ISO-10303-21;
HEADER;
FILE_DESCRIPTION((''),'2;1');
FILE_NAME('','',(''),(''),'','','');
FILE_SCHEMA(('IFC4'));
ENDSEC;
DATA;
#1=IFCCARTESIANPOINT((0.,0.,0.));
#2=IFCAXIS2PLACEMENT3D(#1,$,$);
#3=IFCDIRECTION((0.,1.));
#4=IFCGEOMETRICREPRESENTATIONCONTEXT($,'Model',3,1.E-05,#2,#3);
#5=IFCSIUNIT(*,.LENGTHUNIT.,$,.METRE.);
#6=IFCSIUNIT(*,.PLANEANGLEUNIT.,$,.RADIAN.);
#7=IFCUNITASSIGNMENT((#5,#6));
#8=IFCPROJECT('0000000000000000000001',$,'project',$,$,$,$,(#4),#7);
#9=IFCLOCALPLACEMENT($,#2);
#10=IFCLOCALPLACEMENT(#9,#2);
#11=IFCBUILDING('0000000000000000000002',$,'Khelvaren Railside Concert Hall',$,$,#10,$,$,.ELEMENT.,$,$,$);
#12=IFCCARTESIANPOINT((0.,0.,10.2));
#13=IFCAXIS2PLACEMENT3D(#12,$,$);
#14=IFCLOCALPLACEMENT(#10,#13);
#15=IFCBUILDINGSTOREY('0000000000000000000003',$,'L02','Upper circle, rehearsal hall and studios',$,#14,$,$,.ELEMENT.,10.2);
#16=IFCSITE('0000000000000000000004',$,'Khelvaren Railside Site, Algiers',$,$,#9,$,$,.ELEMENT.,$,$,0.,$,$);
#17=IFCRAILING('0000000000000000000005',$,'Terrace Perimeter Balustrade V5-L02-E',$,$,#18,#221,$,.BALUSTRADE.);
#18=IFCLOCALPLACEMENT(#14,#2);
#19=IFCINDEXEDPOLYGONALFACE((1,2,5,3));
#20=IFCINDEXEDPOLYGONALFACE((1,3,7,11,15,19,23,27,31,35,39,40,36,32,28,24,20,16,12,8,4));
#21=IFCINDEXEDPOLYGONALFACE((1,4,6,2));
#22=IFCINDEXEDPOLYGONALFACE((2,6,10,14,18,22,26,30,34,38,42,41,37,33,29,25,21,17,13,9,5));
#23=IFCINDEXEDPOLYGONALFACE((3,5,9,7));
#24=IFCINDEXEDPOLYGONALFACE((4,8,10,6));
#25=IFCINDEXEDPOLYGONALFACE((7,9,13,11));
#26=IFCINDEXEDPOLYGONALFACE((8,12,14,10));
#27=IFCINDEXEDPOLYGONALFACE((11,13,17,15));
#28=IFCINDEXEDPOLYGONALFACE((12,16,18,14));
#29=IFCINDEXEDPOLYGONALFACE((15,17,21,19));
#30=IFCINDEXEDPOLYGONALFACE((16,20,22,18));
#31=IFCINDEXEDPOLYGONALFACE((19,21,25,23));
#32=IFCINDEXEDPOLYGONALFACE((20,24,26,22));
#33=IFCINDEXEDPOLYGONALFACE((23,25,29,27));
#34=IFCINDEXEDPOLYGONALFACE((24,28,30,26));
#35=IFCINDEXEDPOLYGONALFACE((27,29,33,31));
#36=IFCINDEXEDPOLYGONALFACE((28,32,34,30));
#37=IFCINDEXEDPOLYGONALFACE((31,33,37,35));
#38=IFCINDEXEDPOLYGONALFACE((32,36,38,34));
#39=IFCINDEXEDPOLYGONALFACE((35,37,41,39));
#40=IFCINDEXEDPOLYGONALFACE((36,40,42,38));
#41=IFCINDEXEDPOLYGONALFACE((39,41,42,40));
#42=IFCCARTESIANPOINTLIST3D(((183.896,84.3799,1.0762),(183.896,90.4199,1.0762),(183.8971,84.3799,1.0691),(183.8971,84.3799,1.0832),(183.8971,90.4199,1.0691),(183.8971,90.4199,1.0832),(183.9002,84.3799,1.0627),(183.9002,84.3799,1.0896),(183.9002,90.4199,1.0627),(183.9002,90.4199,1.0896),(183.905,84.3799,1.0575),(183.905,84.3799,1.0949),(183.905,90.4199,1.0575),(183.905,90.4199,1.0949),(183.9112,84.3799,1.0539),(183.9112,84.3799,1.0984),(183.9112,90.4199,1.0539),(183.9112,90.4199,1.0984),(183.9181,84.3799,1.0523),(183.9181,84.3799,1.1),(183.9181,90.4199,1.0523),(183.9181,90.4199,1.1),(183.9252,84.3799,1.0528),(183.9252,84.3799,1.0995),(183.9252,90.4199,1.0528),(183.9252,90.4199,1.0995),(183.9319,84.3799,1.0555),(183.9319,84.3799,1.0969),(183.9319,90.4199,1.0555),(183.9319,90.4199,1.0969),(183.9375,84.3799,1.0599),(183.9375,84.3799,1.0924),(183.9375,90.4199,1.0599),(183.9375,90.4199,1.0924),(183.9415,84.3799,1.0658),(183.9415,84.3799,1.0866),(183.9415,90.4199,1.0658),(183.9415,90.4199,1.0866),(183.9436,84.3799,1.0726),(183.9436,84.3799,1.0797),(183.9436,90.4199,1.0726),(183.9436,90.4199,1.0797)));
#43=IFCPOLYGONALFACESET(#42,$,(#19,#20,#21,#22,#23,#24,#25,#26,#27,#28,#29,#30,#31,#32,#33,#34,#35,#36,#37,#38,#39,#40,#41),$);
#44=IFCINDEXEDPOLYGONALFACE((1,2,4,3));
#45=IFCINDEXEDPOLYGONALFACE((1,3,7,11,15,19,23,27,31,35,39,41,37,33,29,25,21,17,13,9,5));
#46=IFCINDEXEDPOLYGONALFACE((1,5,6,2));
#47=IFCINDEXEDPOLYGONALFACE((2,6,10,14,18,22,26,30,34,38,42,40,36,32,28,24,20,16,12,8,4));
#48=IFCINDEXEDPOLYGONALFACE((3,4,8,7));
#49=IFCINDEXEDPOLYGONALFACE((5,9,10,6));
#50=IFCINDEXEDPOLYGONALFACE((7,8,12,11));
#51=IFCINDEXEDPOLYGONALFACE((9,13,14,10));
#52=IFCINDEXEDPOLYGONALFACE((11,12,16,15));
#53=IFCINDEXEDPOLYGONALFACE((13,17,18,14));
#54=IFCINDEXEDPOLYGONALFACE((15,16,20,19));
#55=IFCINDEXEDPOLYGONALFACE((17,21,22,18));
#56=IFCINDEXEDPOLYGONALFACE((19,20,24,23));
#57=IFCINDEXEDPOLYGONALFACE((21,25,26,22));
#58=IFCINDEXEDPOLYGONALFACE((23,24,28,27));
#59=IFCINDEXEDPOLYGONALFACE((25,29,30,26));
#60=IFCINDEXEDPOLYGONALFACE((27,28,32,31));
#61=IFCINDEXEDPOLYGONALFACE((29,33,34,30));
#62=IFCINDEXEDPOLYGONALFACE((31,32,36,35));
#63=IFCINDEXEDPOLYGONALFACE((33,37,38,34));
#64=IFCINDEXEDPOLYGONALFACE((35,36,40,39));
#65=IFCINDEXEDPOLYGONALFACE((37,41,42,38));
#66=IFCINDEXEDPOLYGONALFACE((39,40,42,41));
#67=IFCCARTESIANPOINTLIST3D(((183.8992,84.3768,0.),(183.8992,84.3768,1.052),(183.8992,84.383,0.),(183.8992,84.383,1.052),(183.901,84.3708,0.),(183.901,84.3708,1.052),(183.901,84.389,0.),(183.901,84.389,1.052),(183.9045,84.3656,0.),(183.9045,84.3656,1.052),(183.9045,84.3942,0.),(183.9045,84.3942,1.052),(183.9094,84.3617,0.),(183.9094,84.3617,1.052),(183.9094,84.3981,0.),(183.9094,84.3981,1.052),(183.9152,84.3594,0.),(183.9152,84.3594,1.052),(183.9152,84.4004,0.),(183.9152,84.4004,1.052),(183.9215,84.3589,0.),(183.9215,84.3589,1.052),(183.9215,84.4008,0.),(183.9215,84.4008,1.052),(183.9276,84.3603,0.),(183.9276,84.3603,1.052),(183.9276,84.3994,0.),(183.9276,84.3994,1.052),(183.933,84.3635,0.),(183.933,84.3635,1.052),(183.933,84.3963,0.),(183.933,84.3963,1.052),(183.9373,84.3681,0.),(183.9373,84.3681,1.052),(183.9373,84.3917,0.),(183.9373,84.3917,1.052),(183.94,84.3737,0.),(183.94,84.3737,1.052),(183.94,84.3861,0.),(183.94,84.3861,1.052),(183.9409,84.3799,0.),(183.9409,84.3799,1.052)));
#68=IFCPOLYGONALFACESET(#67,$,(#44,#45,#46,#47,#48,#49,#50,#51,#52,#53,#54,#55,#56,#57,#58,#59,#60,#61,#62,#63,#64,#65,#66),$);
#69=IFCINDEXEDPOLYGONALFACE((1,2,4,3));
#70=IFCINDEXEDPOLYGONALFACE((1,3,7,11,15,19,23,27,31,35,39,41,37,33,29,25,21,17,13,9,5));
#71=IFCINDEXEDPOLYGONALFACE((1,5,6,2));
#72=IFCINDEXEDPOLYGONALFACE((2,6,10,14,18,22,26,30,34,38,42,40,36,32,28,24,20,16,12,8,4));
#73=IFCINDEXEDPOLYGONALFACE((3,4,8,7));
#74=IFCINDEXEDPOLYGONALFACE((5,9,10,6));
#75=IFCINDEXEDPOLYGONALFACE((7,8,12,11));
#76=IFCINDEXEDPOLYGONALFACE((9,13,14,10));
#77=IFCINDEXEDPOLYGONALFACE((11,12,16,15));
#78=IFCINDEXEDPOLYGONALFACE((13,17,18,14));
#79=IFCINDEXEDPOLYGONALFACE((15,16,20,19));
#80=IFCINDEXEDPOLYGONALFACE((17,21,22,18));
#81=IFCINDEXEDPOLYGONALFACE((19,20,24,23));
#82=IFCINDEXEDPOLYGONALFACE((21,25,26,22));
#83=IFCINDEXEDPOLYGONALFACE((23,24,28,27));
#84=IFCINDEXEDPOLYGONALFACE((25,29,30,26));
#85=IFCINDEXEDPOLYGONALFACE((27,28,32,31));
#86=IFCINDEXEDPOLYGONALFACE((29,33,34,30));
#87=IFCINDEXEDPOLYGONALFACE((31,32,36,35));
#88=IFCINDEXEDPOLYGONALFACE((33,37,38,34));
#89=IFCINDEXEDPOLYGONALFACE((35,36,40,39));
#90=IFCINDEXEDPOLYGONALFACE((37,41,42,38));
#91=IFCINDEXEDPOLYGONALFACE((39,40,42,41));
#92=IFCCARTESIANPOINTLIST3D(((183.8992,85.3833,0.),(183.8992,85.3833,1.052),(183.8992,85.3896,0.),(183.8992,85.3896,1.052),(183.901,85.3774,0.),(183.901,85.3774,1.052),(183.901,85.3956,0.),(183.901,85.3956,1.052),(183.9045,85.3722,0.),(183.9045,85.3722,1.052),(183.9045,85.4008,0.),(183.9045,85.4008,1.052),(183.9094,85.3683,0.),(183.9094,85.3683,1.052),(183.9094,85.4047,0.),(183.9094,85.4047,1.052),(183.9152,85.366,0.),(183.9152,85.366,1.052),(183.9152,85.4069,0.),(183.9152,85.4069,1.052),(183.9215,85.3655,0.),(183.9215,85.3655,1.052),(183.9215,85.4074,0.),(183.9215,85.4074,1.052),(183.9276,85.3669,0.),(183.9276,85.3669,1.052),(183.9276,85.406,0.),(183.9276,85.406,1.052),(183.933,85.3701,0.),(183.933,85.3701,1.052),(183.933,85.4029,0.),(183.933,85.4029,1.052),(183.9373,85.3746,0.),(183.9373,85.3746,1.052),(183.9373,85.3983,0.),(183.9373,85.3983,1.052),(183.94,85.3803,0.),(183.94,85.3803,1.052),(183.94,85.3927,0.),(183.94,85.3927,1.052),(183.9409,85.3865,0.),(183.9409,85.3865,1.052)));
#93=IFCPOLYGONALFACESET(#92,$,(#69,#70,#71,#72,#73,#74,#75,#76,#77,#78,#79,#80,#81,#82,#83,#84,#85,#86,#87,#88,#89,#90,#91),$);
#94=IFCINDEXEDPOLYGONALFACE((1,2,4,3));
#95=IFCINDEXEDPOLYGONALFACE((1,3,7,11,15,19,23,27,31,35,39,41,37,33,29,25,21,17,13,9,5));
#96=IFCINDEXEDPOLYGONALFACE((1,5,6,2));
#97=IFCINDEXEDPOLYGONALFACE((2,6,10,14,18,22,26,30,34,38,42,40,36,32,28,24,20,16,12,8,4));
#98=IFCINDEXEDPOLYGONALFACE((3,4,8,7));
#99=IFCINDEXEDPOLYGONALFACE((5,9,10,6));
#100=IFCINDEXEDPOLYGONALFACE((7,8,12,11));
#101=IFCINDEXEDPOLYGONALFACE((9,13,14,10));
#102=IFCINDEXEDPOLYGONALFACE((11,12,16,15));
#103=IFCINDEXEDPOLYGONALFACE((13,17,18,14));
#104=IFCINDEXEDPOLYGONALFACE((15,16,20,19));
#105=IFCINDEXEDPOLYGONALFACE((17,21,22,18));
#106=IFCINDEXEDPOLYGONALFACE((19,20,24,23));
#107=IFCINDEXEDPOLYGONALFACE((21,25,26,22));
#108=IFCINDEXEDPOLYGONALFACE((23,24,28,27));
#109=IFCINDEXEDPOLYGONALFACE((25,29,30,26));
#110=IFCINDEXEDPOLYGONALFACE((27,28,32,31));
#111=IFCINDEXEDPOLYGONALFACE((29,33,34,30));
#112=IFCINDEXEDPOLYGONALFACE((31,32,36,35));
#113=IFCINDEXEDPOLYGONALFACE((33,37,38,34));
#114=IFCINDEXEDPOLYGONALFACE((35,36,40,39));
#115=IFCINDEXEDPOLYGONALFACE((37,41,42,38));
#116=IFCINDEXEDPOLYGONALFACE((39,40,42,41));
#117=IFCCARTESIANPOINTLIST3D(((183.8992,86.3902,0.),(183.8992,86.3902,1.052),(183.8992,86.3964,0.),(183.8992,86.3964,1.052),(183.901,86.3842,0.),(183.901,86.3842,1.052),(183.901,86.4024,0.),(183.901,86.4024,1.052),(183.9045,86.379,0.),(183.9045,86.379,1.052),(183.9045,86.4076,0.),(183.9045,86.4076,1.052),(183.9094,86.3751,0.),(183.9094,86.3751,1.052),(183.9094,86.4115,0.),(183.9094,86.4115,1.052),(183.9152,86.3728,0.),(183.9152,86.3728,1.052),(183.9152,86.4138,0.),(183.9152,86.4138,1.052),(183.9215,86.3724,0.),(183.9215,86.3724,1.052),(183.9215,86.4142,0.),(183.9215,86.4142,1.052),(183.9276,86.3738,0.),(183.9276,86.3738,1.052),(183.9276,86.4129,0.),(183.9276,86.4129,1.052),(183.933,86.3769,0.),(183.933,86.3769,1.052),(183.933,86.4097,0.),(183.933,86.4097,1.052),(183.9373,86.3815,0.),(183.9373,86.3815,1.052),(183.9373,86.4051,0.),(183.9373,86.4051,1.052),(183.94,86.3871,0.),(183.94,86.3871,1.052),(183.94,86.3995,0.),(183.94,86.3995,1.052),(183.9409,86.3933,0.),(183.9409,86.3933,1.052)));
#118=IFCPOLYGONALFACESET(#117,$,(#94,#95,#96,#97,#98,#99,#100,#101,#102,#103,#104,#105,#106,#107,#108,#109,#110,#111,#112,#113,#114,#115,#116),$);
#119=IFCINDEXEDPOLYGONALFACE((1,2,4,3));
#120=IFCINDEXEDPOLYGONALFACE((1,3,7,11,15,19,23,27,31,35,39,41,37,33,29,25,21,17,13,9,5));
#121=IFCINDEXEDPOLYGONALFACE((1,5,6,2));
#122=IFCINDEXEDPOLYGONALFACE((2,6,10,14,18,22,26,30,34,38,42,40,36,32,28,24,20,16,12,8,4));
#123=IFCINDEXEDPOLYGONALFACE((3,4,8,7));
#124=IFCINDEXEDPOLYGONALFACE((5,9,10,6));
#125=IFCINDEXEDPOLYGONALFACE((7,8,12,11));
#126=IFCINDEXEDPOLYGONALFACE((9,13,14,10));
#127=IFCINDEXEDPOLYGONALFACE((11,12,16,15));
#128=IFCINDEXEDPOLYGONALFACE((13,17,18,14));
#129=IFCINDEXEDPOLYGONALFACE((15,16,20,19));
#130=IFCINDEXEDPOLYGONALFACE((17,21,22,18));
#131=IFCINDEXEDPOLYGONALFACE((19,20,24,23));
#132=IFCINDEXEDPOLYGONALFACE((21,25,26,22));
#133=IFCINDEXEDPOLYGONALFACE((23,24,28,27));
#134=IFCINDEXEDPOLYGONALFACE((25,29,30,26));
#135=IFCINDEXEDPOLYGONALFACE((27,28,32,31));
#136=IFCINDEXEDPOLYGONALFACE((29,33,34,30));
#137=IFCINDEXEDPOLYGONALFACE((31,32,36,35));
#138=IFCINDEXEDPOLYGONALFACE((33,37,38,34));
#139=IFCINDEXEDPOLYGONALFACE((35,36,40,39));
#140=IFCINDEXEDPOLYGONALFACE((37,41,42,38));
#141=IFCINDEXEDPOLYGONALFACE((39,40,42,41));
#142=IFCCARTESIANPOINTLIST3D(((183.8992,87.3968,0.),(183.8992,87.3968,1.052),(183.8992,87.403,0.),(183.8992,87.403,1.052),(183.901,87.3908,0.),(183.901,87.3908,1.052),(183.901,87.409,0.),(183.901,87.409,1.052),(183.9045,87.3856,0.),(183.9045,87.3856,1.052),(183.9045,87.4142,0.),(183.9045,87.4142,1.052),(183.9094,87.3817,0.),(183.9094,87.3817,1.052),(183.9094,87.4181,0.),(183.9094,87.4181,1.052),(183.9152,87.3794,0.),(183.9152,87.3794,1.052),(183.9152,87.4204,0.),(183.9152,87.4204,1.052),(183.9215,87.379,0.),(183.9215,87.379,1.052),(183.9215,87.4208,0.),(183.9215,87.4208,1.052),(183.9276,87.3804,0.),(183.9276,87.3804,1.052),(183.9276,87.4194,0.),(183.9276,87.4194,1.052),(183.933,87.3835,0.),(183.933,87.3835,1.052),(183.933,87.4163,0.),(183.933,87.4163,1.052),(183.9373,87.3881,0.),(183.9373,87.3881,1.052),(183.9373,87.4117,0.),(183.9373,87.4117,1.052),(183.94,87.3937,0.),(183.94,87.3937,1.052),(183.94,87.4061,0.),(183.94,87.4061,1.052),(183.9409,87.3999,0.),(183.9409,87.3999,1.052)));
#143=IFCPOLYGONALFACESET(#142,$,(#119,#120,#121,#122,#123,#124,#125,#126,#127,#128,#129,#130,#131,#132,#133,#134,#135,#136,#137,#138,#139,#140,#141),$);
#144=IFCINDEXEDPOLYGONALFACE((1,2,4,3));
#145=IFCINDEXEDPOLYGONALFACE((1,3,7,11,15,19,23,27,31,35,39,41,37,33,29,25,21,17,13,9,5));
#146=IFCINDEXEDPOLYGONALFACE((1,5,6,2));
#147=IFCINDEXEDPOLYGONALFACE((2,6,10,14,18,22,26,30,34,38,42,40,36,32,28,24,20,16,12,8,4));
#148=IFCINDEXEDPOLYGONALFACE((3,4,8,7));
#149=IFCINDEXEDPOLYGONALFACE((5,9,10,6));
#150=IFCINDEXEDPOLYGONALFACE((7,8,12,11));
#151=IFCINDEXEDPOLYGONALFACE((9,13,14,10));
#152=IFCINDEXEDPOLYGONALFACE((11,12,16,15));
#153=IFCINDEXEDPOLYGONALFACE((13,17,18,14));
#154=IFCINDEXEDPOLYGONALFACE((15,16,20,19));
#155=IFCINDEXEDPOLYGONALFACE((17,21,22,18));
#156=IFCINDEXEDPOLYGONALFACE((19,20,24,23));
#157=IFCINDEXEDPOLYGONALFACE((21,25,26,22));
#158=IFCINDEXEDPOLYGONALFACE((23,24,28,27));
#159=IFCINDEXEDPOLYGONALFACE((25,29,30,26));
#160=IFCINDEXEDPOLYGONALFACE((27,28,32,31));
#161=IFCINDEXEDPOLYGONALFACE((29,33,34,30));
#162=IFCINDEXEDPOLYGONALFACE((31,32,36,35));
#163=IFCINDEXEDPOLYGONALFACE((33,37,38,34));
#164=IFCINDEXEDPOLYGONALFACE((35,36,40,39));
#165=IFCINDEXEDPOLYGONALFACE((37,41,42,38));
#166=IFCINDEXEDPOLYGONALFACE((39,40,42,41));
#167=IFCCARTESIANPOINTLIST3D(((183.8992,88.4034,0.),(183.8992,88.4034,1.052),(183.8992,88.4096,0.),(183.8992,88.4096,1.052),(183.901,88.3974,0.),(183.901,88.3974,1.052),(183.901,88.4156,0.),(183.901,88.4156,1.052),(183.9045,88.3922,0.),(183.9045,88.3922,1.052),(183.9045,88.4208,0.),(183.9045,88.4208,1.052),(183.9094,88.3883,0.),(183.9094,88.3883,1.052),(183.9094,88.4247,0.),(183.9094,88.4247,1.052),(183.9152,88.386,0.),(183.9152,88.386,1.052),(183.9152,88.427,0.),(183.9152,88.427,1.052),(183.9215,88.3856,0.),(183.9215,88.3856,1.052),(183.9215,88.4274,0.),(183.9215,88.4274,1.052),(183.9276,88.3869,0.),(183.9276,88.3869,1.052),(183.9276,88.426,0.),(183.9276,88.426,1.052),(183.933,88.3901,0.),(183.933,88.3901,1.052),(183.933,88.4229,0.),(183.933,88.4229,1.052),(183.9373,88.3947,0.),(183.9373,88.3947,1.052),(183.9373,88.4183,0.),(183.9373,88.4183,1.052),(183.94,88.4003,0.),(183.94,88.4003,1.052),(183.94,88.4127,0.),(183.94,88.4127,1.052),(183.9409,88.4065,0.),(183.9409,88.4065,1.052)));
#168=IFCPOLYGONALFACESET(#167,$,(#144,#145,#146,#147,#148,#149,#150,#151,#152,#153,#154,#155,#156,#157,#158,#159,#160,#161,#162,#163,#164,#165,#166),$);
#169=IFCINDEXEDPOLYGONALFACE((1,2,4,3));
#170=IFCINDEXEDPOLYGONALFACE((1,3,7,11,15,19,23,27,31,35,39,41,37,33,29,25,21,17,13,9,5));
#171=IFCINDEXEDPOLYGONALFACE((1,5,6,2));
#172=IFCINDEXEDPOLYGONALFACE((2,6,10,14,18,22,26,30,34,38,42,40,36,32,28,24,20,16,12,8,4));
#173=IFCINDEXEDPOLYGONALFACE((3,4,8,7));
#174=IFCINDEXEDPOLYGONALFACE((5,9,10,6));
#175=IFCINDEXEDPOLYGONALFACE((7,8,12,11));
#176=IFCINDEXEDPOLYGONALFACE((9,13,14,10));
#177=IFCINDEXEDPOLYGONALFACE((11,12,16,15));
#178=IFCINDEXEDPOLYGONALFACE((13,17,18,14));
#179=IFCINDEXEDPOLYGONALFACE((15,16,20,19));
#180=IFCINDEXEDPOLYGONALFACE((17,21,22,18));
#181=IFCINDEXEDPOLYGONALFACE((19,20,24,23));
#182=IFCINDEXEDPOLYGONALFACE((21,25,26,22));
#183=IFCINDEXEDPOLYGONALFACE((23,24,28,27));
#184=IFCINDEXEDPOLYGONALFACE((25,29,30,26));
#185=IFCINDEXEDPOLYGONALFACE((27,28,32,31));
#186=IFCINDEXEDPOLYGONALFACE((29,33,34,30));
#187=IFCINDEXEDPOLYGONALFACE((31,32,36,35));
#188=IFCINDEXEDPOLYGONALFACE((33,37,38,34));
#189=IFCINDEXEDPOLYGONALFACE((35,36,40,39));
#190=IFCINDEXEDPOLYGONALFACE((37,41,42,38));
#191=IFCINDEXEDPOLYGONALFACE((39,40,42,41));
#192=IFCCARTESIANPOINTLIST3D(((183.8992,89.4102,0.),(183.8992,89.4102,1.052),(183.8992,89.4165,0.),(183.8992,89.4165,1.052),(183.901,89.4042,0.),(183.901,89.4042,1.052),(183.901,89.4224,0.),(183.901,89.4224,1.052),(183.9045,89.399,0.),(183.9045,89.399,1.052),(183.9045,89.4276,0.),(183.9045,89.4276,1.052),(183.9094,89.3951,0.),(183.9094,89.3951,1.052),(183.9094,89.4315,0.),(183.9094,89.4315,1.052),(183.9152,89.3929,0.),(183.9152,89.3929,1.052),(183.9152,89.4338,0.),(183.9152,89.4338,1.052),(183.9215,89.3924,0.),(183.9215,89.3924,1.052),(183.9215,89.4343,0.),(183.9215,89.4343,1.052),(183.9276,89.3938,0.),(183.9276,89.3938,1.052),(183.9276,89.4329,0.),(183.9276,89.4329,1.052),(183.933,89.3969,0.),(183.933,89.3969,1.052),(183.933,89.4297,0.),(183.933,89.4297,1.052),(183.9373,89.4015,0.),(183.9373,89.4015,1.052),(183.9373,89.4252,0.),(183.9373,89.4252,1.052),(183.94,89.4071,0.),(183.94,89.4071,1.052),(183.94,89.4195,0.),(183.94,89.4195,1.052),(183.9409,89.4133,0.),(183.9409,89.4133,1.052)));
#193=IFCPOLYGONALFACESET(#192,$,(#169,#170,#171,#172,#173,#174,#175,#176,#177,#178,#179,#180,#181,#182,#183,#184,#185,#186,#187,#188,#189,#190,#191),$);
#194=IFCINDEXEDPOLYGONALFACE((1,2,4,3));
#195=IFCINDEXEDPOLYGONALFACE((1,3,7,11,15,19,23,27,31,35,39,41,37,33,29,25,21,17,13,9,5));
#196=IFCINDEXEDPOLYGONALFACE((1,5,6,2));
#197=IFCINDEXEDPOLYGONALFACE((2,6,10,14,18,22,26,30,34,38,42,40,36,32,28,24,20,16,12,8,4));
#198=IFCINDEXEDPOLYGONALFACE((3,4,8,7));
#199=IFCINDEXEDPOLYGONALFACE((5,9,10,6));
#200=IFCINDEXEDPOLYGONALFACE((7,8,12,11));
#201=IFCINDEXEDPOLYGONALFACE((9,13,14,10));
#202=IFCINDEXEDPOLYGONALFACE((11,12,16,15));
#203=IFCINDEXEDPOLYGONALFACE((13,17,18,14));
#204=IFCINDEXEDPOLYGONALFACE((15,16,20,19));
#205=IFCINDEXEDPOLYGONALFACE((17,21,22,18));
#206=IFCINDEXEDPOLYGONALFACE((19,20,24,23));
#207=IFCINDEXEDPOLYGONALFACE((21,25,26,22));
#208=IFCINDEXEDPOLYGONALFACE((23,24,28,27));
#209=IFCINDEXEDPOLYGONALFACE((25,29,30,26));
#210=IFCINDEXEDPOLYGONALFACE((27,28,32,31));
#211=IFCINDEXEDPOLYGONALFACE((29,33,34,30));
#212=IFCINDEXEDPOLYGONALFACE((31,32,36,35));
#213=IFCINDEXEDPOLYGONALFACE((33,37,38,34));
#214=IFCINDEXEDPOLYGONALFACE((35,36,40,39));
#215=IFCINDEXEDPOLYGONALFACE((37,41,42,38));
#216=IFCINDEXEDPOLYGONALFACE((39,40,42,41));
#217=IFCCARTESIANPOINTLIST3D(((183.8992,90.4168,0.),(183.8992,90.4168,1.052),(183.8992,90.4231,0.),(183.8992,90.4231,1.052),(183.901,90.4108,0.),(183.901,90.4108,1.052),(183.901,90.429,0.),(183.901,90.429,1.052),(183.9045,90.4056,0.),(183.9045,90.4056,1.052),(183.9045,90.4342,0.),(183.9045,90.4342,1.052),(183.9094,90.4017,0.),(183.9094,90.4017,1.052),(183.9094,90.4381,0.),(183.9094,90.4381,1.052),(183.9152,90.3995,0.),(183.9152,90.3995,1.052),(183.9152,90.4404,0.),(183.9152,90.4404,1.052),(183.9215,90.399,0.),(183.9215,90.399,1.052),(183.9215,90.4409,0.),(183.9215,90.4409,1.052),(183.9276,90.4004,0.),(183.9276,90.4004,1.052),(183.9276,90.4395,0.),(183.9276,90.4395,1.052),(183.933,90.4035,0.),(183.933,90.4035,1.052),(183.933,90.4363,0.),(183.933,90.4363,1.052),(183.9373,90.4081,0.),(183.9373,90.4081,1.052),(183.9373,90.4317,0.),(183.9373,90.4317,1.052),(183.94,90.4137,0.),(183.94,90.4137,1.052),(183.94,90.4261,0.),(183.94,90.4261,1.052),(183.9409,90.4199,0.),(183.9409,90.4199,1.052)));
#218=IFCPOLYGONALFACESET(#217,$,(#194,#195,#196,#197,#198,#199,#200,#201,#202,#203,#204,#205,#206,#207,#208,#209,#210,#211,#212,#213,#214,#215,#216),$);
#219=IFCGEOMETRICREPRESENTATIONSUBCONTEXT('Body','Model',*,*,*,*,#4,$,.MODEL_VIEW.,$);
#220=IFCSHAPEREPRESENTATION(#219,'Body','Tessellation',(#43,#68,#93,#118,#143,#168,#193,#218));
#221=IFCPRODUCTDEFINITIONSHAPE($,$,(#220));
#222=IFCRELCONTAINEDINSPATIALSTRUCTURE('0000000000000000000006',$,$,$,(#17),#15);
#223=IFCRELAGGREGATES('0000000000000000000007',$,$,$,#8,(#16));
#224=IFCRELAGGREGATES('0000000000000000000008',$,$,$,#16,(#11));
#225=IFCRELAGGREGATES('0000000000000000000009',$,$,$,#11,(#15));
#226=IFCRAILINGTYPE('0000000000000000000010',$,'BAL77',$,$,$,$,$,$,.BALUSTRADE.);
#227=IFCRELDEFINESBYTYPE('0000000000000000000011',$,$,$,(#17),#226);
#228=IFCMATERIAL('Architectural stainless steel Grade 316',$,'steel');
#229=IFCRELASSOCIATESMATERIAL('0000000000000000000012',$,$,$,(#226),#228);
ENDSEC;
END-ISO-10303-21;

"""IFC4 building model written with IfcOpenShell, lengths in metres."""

from ifc_helpers import new_model, si_unit, direction, frame, origin, origin_2d, place, context, subcontext, project, spatial, circle, extrude, material, type_object, element, save


model = new_model("IFC4")

# Units and contexts
model_context = context("Model", 3, precision=1e-05, world=origin(), true_north=direction((0.0, 1.0)))
body_context = subcontext(model_context, "Body", "Model", "MODEL_VIEW")
ifc_project = project(units=[si_unit("LENGTHUNIT", "METRE"), si_unit("PLANEANGLEUNIT", "RADIAN")], contexts=[model_context])

# Site, building, storey
site_placement = place(None, origin())
site = spatial("IfcSite", under=ifc_project, at=site_placement, Name="Khelvaren Railside Site, Algiers", CompositionType="ELEMENT", RefElevation=0.0)
building_placement = place(site_placement, origin())
building = spatial("IfcBuilding", under=site, at=building_placement, Name="Khelvaren Railside Concert Hall", CompositionType="ELEMENT")
storey_placement = place(building_placement, frame((0.0, 0.0, 10.2)))
storey = spatial("IfcBuildingStorey", under=building, at=storey_placement, Name="L02", Description="Upper circle, rehearsal hall and studios", CompositionType="ELEMENT", Elevation=10.2)

# Railing
ifc_material_1 = material(Name="Architectural stainless steel Grade 316", Category="steel")
railing_type = type_object("IfcRailingType", Name="BAL77", PredefinedType="BALUSTRADE", material=ifc_material_1)
railing_1_placement = place(storey_placement, frame((183.9199, 84.3799, 0.0)))
element("IfcRailing", 1, at=railing_1_placement, inside=storey, type_object=railing_type, Name="Terrace Perimeter Balustrade V5-L02-E", PredefinedType="BALUSTRADE", context=body_context, shape_type="SweptSolid", body=[
    extrude(circle(Radius=0.0239, at=origin_2d()), frame((0.0, 0.0, 1.0762), z_axis=(0.0, 1.0, 0.0), x_axis=(-1.0, 0.0, 0.0)), (0.0, 0.0, 1.0), 6.04),
    extrude(circle(Radius=0.021, at=origin_2d()), origin(), (0.0, 0.0, 1.0), 1.052),
    extrude(circle(Radius=0.021, at=origin_2d()), frame((0.0, 1.0066, 0.0)), (0.0, 0.0, 1.0), 1.052),
    extrude(circle(Radius=0.021, at=origin_2d()), frame((0.0, 2.0134, 0.0)), (0.0, 0.0, 1.0), 1.052),
    extrude(circle(Radius=0.021, at=origin_2d()), frame((0.0, 3.02, 0.0)), (0.0, 0.0, 1.0), 1.052),
    extrude(circle(Radius=0.021, at=origin_2d()), frame((0.0, 4.0266, 0.0)), (0.0, 0.0, 1.0), 1.052),
    extrude(circle(Radius=0.021, at=origin_2d()), frame((0.0, 5.0334, 0.0)), (0.0, 0.0, 1.0), 1.052),
    extrude(circle(Radius=0.021, at=origin_2d()), frame((0.0, 6.04, 0.0)), (0.0, 0.0, 1.0), 1.052),
])

save(model, "model.ifc")
